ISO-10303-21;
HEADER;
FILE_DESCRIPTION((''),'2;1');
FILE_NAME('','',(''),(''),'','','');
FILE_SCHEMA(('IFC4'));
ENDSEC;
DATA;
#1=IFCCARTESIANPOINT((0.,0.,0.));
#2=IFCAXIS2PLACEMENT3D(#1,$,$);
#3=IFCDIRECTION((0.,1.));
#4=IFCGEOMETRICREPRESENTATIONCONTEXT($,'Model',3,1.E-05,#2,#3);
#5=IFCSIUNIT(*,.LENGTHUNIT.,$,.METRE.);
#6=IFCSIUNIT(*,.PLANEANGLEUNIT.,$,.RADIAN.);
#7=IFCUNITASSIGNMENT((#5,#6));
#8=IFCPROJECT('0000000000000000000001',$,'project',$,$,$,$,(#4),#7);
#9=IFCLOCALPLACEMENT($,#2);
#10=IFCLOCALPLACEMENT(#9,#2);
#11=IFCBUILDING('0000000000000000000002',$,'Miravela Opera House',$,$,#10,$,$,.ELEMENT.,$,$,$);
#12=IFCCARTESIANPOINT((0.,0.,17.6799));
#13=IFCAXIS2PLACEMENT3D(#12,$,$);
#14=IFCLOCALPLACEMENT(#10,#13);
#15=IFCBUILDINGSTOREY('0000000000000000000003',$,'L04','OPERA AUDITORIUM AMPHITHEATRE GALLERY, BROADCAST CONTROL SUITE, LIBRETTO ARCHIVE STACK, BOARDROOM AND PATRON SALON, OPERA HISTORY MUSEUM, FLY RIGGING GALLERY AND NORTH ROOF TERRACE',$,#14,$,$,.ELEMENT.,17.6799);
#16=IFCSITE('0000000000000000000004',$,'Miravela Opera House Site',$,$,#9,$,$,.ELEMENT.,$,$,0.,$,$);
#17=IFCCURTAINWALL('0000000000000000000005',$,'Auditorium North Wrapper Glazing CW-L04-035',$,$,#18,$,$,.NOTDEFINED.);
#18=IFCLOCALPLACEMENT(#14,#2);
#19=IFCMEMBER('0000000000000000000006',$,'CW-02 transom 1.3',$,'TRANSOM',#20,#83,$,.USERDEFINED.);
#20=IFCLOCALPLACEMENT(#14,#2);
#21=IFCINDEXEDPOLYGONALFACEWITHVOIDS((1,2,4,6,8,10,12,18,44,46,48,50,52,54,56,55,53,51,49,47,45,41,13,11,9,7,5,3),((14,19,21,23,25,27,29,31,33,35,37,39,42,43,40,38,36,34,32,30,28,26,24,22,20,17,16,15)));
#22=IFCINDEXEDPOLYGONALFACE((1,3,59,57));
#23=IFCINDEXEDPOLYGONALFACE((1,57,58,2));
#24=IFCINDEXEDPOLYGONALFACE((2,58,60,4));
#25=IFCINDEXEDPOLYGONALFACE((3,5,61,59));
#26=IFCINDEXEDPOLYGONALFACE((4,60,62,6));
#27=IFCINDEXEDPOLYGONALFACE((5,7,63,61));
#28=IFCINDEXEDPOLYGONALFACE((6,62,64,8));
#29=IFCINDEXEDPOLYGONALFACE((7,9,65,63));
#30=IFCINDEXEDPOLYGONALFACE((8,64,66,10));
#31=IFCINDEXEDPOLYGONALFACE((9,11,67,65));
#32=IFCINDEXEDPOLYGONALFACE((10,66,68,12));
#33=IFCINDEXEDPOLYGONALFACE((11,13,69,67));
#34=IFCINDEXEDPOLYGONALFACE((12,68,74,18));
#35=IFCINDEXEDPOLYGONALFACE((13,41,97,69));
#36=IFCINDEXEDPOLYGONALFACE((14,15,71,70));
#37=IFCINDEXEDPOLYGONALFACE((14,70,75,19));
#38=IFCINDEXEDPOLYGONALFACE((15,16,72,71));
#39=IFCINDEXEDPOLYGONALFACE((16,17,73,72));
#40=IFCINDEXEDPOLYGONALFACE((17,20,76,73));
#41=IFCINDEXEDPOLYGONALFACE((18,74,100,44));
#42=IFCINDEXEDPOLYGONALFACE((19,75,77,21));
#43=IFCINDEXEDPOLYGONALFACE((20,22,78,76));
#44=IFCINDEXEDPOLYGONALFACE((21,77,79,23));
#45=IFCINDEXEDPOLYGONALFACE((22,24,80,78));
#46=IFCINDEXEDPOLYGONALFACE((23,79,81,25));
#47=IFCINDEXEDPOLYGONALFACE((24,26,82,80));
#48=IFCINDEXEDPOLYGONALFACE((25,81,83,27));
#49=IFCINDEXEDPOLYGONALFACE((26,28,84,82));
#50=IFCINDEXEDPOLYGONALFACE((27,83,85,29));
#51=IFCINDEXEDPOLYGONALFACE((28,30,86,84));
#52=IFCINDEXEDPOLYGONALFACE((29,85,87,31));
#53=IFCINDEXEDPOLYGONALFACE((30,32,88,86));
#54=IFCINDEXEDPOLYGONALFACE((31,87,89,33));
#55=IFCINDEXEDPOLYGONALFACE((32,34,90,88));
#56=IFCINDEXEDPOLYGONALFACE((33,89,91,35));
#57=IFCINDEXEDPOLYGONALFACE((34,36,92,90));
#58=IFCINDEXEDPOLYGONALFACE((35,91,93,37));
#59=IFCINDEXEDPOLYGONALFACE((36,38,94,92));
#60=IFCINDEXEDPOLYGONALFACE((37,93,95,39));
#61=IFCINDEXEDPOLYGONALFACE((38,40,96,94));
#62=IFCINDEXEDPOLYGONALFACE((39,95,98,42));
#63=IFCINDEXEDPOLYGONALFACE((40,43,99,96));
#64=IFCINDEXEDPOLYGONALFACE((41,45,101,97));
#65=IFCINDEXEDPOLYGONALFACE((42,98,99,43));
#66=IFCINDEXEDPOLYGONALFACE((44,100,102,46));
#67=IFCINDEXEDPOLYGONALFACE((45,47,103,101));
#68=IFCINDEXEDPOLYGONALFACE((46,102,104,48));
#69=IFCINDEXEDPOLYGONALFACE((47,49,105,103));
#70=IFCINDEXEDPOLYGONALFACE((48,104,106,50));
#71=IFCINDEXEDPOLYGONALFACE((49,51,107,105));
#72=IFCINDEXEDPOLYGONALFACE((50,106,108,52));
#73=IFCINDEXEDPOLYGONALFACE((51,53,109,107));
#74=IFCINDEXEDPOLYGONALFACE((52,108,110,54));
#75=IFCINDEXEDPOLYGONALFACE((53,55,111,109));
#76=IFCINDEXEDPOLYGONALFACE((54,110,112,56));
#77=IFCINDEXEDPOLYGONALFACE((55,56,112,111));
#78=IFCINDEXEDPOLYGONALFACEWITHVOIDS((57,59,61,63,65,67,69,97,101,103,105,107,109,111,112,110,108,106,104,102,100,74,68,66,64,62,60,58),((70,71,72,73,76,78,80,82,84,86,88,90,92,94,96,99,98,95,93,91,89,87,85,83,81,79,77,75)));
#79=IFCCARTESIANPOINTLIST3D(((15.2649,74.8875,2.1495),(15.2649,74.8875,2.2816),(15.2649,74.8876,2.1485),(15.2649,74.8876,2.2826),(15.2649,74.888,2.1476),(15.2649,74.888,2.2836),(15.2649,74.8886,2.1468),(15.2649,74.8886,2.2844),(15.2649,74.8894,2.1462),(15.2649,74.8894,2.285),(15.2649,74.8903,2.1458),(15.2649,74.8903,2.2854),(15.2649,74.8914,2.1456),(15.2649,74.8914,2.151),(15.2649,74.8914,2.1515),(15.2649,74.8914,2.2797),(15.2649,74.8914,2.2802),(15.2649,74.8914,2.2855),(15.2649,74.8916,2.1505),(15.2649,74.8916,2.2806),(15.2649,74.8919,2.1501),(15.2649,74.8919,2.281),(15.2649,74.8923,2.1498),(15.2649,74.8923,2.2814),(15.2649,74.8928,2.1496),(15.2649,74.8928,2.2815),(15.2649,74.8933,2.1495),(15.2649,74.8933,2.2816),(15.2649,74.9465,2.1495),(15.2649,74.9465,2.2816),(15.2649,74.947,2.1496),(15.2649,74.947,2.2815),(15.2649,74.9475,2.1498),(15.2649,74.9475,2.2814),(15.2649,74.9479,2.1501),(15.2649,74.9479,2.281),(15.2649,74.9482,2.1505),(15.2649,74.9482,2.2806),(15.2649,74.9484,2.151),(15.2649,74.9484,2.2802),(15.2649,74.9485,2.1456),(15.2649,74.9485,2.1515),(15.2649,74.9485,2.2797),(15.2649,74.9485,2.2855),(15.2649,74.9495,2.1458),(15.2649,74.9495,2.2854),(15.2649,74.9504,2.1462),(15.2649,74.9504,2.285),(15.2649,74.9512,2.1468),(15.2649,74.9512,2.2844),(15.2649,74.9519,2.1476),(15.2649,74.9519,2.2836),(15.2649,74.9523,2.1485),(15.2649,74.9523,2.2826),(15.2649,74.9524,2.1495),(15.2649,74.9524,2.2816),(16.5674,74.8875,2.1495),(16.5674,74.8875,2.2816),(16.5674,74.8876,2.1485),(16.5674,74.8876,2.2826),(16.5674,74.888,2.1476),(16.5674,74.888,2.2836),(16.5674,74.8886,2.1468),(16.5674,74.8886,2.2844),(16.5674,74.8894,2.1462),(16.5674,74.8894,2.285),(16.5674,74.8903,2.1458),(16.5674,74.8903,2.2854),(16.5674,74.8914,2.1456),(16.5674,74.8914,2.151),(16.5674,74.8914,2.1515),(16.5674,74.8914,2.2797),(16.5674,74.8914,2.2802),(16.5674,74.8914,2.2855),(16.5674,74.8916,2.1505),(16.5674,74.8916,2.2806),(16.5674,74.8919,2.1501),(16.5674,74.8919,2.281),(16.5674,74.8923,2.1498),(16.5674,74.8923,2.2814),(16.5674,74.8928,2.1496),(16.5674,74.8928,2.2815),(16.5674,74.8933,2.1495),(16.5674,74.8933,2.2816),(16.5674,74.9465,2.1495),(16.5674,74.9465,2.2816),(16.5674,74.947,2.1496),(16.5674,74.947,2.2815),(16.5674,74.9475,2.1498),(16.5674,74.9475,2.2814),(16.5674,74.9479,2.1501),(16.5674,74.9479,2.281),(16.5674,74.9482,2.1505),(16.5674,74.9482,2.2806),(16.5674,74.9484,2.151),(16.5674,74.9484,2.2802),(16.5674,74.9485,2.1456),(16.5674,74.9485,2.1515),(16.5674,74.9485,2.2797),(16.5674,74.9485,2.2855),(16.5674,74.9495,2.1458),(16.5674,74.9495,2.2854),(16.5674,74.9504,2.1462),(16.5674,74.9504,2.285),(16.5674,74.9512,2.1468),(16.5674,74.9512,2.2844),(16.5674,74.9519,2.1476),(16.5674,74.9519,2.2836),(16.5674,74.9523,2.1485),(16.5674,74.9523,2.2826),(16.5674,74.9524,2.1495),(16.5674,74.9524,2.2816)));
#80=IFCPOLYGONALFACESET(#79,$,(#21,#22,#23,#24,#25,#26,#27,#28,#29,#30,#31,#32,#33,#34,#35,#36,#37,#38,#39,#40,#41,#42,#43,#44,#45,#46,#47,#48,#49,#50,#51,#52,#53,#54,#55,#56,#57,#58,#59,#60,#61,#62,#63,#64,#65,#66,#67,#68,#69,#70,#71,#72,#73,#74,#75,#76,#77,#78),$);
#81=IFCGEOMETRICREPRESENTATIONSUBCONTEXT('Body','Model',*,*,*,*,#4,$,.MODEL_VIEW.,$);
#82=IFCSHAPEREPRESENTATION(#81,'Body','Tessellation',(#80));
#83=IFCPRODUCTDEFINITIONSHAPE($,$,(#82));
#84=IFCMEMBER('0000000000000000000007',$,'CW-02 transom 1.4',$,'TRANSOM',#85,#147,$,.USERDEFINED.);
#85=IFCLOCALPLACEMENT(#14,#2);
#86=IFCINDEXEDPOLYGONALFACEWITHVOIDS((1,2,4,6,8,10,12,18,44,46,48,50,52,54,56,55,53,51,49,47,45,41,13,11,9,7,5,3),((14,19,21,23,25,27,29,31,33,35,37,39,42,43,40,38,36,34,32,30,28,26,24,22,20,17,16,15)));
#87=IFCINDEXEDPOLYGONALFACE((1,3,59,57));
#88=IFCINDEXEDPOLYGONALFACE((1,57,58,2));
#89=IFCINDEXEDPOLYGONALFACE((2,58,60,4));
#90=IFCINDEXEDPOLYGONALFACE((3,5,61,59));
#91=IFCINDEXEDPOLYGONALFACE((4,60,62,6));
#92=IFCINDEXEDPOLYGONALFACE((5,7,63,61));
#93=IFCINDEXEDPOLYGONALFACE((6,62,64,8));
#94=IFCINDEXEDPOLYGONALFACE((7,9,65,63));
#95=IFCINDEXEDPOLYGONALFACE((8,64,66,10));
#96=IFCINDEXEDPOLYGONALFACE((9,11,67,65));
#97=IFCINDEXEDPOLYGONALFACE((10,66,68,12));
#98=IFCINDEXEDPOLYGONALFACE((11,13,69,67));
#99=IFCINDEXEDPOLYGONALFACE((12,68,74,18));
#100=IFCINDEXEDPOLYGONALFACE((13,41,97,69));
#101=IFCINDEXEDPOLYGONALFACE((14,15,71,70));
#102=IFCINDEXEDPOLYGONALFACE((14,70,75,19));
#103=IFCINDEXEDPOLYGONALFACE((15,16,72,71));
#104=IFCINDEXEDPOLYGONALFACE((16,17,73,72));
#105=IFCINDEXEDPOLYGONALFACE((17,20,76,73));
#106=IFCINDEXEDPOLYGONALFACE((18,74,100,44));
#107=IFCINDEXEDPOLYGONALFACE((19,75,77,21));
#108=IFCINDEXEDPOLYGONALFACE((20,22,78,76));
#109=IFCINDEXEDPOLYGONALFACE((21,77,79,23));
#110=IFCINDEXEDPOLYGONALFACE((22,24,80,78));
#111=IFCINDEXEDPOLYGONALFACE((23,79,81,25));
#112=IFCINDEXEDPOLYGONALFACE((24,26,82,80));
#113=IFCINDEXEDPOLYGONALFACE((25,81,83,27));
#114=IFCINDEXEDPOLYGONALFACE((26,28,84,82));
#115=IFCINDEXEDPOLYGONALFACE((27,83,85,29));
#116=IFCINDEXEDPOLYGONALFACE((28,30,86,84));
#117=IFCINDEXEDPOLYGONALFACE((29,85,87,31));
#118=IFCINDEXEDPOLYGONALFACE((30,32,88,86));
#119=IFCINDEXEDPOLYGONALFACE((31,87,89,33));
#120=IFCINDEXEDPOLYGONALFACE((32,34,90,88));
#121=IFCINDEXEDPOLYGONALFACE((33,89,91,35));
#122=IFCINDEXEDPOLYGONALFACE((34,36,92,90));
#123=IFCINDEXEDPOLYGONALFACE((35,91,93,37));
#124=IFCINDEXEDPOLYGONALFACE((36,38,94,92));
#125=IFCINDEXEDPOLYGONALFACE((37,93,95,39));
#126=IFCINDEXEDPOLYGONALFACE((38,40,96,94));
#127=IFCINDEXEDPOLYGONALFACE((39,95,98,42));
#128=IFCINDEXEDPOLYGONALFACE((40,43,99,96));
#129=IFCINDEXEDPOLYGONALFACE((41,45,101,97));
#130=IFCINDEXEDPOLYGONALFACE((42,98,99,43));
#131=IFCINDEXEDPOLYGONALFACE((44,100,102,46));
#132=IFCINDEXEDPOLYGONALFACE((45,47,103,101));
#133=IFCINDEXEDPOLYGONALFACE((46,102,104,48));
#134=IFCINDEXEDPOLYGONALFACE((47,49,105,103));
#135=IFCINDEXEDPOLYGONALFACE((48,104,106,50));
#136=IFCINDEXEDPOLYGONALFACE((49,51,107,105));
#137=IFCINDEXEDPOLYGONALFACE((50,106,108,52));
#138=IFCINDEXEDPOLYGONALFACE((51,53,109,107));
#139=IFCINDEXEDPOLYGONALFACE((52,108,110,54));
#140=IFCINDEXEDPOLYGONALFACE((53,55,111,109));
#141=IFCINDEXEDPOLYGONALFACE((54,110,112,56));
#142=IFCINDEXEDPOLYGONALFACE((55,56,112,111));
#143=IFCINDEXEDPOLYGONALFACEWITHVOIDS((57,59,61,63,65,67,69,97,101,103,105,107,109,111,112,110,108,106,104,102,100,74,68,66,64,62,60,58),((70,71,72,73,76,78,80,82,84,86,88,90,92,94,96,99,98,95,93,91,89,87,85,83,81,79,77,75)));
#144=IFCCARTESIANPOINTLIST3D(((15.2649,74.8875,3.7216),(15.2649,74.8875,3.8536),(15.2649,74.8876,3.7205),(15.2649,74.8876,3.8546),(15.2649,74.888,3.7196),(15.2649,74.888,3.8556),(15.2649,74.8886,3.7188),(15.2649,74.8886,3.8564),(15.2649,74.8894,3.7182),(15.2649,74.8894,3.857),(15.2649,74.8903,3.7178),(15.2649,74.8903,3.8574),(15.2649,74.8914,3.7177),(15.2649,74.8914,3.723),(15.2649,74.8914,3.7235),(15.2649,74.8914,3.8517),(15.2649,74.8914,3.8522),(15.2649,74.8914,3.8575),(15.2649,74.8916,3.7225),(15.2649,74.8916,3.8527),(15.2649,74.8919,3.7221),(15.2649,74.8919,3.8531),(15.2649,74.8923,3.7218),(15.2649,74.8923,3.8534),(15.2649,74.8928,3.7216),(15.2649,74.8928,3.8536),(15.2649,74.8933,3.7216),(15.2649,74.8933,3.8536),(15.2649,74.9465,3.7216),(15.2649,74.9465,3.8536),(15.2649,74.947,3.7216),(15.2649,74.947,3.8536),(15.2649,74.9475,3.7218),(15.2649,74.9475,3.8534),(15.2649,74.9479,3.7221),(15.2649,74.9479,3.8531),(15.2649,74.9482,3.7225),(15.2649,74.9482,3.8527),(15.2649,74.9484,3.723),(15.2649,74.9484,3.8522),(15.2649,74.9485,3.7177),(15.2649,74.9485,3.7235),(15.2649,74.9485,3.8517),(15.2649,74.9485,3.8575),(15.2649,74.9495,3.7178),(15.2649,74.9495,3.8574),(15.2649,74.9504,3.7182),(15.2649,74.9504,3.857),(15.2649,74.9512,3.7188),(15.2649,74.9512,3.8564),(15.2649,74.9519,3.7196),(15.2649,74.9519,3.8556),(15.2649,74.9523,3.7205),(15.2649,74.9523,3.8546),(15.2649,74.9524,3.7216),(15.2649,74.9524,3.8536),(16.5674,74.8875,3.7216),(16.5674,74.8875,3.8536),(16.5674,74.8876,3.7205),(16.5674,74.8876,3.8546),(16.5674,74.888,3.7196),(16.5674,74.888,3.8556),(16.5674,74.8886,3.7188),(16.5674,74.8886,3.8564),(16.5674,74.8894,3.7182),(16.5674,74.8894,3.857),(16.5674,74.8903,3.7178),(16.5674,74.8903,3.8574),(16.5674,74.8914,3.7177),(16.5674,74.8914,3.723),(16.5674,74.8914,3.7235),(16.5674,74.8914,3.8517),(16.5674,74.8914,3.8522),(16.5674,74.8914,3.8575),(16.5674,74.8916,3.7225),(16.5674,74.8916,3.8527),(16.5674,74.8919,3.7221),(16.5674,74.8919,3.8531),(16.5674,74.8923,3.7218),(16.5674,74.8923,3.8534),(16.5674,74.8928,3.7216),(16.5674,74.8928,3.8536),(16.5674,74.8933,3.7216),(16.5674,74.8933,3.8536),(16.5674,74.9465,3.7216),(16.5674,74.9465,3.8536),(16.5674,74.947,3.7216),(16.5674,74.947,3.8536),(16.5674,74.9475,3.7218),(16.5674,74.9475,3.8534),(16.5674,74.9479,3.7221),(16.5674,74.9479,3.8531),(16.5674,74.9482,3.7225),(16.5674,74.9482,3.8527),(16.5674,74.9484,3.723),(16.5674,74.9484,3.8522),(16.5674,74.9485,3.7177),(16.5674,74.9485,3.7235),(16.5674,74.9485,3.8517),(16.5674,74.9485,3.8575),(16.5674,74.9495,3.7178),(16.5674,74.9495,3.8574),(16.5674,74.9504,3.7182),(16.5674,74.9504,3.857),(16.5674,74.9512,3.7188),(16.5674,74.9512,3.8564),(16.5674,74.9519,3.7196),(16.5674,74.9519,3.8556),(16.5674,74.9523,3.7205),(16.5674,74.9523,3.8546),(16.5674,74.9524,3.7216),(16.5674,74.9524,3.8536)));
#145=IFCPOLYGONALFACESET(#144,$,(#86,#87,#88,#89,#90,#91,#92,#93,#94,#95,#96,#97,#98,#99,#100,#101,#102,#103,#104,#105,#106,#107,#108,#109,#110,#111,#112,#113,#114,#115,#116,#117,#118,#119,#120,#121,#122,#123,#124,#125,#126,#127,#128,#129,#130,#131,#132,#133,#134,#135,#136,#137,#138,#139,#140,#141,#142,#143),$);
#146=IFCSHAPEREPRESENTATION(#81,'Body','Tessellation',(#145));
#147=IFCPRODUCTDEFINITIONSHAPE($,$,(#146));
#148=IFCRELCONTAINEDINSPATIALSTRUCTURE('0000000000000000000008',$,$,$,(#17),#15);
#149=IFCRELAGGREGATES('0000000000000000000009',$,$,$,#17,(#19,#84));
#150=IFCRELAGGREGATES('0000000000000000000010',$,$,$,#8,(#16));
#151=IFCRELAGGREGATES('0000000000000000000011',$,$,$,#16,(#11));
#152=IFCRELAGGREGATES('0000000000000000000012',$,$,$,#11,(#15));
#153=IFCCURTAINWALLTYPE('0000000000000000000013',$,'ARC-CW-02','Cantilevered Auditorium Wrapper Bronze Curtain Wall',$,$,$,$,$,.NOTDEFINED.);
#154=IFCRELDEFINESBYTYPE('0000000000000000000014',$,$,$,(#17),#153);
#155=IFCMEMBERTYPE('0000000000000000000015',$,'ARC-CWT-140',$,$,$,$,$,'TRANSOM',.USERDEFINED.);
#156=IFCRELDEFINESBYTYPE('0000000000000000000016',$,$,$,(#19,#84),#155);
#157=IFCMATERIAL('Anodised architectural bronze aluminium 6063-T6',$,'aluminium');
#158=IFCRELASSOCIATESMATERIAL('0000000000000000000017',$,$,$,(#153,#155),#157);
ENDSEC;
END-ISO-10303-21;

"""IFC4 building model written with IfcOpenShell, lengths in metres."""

from ifc_helpers import new_model, si_unit, direction, frame, origin, origin_2d, place, context, subcontext, project, spatial, hollow_rectangle, extrude, material, material_profile, profile_set, type_object, element, aggregate, save


model = new_model("IFC4")

# Units and contexts
model_context = context("Model", 3, precision=1e-05, world=origin(), true_north=direction((0.0, 1.0)))
body_context = subcontext(model_context, "Body", "Model", "MODEL_VIEW")
ifc_project = project(units=[si_unit("LENGTHUNIT", "METRE"), si_unit("PLANEANGLEUNIT", "RADIAN")], contexts=[model_context])

# Site, building, storey
site_placement = place(None, origin())
site = spatial("IfcSite", under=ifc_project, at=site_placement, Name="Miravela Opera House Site", CompositionType="ELEMENT", RefElevation=0.0)
building_placement = place(site_placement, origin())
building = spatial("IfcBuilding", under=site, at=building_placement, Name="Miravela Opera House", CompositionType="ELEMENT")
storey_placement = place(building_placement, frame((0.0, 0.0, 17.6799)))
storey = spatial("IfcBuildingStorey", under=building, at=storey_placement, Name="L04", Description="OPERA AUDITORIUM AMPHITHEATRE GALLERY, BROADCAST CONTROL SUITE, LIBRETTO ARCHIVE STACK, BOARDROOM AND PATRON SALON, OPERA HISTORY MUSEUM, FLY RIGGING GALLERY AND NORTH ROOF TERRACE", CompositionType="ELEMENT", Elevation=17.6799)

# Shared definitions
ifc_material_1 = material(Name="Anodised architectural bronze aluminium 6063-T6", Category="aluminium")
curtain_wall_type = type_object("IfcCurtainWallType", Name="ARC-CW-02", Description="Cantilevered Auditorium Wrapper Bronze Curtain Wall", PredefinedType="NOTDEFINED", material=ifc_material_1)

# Curtain wall
curtain_wall_1_placement = place(storey_placement, origin())
curtain_wall_1 = element("IfcCurtainWall", 1, at=curtain_wall_1_placement, inside=storey, type_object=curtain_wall_type, Name="Auditorium North Wrapper Glazing CW-L04-035", PredefinedType="NOTDEFINED")

# Members
ifc_material_profile_1 = material_profile(ifc_material_1, hollow_rectangle(XDim=0.0649, YDim=0.1399, WallThickness=0.0039, InnerFilletRadius=0.002, OuterFilletRadius=0.0039, at=origin_2d()), Name="CWT-65X140")
ifc_profile_set_1 = profile_set([ifc_material_profile_1])
member_type_1 = type_object("IfcMemberType", Name="ARC-CWT-140", ElementType="TRANSOM", PredefinedType="USERDEFINED", material=ifc_profile_set_1)
member_1_placement = place(storey_placement, frame((15.2649, 74.9199, 2.2156), z_axis=(1.0, 0.0, 0.0), x_axis=(0.0, 1.0, 0.0)))
member_1 = element("IfcMember", 2, at=member_1_placement, type_object=member_type_1, Name="CW-02 transom 1.3", ObjectType="TRANSOM", PredefinedType="USERDEFINED", context=body_context, shape_type="SweptSolid", body=[
    extrude(hollow_rectangle(XDim=0.0649, YDim=0.1399, WallThickness=0.0039, InnerFilletRadius=0.002, OuterFilletRadius=0.0039, at=origin_2d()), origin(), (0.0, 0.0, 1.0), 1.3025),
])
member_2_placement = place(storey_placement, frame((15.2649, 74.9199, 3.7876), z_axis=(1.0, 0.0, 0.0), x_axis=(0.0, 1.0, 0.0)))
member_2 = element("IfcMember", 3, at=member_2_placement, type_object=member_type_1, Name="CW-02 transom 1.4", ObjectType="TRANSOM", PredefinedType="USERDEFINED", context=body_context, shape_type="SweptSolid", body=[
    extrude(hollow_rectangle(XDim=0.0649, YDim=0.1399, WallThickness=0.0039, InnerFilletRadius=0.002, OuterFilletRadius=0.0039, at=origin_2d()), origin(), (0.0, 0.0, 1.0), 1.3025),
])

aggregate(curtain_wall_1, [member_1, member_2])

save(model, "model.ifc")
